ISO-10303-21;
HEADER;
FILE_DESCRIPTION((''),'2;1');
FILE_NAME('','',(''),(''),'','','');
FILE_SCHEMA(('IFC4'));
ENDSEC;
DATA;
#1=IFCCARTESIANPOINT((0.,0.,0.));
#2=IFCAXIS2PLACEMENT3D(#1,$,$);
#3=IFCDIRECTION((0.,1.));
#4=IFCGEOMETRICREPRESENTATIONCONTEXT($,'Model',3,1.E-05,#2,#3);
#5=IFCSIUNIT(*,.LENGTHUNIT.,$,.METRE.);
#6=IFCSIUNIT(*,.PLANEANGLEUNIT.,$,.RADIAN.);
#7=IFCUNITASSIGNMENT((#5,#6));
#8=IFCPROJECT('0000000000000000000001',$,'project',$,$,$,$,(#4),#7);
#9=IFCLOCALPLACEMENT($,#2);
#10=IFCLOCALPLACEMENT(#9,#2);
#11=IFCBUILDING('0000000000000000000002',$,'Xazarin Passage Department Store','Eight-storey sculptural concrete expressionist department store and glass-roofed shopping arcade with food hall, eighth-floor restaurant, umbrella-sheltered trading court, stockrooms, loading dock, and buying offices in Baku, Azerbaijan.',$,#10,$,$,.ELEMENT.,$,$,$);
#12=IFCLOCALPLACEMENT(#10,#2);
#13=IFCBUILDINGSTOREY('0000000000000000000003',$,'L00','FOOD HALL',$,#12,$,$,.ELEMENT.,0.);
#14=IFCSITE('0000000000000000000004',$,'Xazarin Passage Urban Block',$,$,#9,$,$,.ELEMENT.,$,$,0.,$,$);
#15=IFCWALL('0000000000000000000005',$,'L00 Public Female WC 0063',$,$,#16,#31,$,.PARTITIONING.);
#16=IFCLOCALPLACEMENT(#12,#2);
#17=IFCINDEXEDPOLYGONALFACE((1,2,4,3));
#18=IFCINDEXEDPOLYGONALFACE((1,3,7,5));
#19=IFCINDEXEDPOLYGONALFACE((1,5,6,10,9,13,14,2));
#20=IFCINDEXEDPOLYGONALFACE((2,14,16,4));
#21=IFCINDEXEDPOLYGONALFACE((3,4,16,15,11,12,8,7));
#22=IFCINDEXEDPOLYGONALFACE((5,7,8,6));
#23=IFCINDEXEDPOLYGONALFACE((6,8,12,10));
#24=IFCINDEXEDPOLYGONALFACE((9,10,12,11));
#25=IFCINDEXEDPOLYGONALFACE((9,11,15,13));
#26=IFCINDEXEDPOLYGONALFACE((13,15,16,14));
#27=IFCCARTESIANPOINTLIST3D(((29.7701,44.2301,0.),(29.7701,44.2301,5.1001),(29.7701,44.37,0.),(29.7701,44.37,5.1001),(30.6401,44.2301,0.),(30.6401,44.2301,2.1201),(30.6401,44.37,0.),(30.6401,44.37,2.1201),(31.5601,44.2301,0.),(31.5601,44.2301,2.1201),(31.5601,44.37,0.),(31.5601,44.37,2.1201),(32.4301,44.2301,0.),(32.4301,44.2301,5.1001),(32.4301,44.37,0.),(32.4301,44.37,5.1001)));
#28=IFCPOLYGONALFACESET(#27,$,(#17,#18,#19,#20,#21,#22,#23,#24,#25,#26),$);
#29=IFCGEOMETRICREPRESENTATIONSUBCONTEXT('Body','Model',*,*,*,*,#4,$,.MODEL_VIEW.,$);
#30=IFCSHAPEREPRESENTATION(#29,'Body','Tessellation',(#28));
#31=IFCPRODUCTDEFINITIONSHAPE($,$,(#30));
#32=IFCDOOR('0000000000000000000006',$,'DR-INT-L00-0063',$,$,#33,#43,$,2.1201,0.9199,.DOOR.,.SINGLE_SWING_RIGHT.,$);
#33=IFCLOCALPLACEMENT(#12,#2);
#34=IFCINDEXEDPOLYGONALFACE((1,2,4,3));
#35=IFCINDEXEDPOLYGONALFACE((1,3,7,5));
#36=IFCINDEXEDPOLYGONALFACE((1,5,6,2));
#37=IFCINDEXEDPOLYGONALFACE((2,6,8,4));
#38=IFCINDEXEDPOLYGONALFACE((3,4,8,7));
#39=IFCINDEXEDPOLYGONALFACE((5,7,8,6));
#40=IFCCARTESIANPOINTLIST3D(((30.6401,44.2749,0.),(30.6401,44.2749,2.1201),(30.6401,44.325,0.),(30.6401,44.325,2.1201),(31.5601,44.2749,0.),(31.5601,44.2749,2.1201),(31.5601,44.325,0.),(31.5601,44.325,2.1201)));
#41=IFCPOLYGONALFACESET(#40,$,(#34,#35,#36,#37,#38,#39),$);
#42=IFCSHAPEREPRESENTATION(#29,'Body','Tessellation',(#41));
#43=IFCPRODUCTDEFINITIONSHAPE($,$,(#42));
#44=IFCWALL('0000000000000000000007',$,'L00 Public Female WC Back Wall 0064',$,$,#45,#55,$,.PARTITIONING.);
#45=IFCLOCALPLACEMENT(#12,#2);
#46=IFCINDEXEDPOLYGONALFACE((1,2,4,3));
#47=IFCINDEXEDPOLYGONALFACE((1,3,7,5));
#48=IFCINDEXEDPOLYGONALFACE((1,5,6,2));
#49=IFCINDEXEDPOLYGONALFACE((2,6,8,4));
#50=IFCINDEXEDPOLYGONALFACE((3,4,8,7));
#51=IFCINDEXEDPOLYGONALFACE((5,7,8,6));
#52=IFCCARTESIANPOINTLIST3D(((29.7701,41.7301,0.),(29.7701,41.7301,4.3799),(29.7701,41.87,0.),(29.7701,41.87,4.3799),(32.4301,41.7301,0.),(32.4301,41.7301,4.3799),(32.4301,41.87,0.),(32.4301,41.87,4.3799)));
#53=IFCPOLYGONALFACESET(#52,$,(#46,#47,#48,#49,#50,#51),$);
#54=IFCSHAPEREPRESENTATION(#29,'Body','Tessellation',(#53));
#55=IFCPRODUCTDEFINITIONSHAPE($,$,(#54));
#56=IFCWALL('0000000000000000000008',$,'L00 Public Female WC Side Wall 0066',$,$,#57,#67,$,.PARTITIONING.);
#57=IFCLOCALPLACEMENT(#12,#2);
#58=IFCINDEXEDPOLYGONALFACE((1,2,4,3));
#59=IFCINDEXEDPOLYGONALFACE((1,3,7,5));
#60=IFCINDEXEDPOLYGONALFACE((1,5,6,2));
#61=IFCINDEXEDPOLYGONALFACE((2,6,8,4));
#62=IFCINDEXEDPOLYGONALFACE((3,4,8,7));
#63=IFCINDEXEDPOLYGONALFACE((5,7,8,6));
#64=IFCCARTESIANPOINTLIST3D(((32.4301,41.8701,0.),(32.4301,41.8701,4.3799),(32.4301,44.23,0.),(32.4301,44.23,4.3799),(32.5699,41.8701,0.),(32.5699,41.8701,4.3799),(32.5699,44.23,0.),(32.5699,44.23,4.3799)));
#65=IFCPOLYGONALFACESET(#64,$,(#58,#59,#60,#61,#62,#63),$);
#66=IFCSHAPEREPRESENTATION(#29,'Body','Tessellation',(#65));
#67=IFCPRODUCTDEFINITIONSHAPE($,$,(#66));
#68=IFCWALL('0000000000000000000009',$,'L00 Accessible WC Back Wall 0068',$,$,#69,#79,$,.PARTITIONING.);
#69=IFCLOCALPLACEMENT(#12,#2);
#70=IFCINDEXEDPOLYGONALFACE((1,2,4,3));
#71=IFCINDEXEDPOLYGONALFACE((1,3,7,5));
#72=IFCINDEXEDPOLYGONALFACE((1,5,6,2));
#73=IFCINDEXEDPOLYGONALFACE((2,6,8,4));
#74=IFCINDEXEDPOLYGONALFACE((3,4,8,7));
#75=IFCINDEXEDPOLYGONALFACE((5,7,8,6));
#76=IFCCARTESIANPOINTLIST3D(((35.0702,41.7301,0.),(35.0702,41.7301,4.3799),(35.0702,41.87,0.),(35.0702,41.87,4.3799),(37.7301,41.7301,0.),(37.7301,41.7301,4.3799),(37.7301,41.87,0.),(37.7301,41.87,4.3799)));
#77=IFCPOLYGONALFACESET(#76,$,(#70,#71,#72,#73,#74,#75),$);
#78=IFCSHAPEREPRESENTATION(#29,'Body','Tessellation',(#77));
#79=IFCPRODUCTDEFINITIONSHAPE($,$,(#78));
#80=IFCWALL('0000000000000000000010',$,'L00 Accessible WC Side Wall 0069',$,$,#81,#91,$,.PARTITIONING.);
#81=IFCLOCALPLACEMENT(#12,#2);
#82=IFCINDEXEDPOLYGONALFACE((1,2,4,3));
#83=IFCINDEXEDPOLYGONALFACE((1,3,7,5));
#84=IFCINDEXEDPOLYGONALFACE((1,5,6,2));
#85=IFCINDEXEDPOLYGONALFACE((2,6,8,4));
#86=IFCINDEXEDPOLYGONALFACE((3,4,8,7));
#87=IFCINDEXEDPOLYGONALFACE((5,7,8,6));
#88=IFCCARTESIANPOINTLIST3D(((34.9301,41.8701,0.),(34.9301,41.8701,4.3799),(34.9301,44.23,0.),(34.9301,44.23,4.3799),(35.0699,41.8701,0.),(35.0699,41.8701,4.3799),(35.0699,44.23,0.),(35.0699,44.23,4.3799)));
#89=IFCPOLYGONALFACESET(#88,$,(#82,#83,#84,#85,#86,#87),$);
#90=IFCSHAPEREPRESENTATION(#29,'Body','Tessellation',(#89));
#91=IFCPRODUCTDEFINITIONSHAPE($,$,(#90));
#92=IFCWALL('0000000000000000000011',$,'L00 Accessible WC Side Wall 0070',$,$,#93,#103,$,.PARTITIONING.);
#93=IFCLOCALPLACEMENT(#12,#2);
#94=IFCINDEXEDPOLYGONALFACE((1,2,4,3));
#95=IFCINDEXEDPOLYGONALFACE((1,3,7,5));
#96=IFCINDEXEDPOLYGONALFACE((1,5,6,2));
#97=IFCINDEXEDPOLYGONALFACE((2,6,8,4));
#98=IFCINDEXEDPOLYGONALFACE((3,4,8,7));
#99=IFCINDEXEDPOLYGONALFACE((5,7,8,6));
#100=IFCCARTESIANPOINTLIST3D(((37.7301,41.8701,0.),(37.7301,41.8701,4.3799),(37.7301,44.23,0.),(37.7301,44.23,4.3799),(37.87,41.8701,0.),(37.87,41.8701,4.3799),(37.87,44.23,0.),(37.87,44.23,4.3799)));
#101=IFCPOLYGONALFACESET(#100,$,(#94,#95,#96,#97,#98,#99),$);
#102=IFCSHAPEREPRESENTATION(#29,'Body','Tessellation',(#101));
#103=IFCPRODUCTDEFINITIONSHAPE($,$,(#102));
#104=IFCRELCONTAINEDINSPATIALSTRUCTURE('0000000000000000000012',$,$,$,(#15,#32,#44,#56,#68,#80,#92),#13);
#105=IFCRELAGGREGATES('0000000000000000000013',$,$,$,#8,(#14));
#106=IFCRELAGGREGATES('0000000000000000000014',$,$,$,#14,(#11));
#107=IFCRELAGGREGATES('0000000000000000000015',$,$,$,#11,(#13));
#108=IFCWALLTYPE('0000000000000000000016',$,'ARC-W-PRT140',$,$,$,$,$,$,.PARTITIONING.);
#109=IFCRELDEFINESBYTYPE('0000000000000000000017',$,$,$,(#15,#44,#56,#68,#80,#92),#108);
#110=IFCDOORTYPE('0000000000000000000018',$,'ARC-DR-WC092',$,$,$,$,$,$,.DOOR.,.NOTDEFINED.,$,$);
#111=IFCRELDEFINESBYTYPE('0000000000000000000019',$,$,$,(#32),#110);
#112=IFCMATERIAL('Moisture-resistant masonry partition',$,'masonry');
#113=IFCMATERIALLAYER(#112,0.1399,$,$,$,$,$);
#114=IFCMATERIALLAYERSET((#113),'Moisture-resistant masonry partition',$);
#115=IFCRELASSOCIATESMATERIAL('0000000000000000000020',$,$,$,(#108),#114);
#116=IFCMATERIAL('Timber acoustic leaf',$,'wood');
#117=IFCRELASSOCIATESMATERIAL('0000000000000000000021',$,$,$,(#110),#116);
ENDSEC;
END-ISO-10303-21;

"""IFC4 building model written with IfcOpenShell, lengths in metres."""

from ifc_helpers import new_model, si_unit, direction, frame, frame_2d, origin, place, context, subcontext, project, spatial, rectangle, extrude, material, layer, layer_set, type_object, element, fill, save


model = new_model("IFC4")

# Units and contexts
model_context = context("Model", 3, precision=1e-05, world=origin(), true_north=direction((0.0, 1.0)))
body_context = subcontext(model_context, "Body", "Model", "MODEL_VIEW")
ifc_project = project(units=[si_unit("LENGTHUNIT", "METRE"), si_unit("PLANEANGLEUNIT", "RADIAN")], contexts=[model_context])

# Site, building, storey
site_placement = place(None, origin())
site = spatial("IfcSite", under=ifc_project, at=site_placement, Name="Xazarin Passage Urban Block", CompositionType="ELEMENT", RefElevation=0.0)
building_placement = place(site_placement, origin())
building = spatial("IfcBuilding", under=site, at=building_placement, Name="Xazarin Passage Department Store", Description="Eight-storey sculptural concrete expressionist department store and glass-roofed shopping arcade with food hall, eighth-floor restaurant, umbrella-sheltered trading court, stockrooms, loading dock, and buying offices in Baku, Azerbaijan.", CompositionType="ELEMENT")
storey_placement = place(building_placement, origin())
storey = spatial("IfcBuildingStorey", under=building, at=storey_placement, Name="L00", Description="FOOD HALL", CompositionType="ELEMENT", Elevation=0.0)

# Wall, opening, door
ifc_material_1 = material(Name="Moisture-resistant masonry partition", Category="masonry")
ifc_layer_1 = layer(ifc_material_1, 0.1399)
ifc_layer_set_1 = layer_set([ifc_layer_1], Name="Moisture-resistant masonry partition")
wall_type_1 = type_object("IfcWallType", Name="ARC-W-PRT140", PredefinedType="PARTITIONING", material=ifc_layer_set_1)
wall_1_placement = place(storey_placement, frame((29.77, 44.3, 0.0), z_axis=(0.0, 0.0, 1.0), x_axis=(1.0, 0.0, 0.0)))
wall_1 = element("IfcWall", 1, at=wall_1_placement, inside=storey, type_object=wall_type_1, Name="L00 Public Female WC 0063", PredefinedType="PARTITIONING", context=body_context, shape_type="SweptSolid", body=[
    extrude(rectangle(XDim=2.6599, YDim=0.1399, at=frame_2d((1.3301, 0.0))), origin(), (0.0, 0.0, 1.0), 5.1001),
])
opening_1_placement = place(wall_1_placement, frame((0.8701, 0.0, 0.0)))
opening_1 = element("IfcOpeningElement", 2, at=opening_1_placement, cuts=wall_1, PredefinedType="OPENING", context=body_context, shape_type="SweptSolid", body=[
    extrude(rectangle(XDim=0.9199, YDim=2.1201, at=frame_2d((0.46, 1.0601))), frame((0.0, 0.0798, 0.0), z_axis=(0.0, -1.0, 0.0), x_axis=(1.0, 0.0, 0.0)), (0.0, 0.0, 1.0), 0.1599),
])
ifc_material_2 = material(Name="Timber acoustic leaf", Category="wood")
door_type_1 = type_object("IfcDoorType", Name="ARC-DR-WC092", OperationType="NOTDEFINED", PredefinedType="DOOR", material=ifc_material_2)
door_1_placement = place(opening_1_placement, origin())
door_1 = element("IfcDoor", 3, at=door_1_placement, inside=storey, type_object=door_type_1, Name="DR-INT-L00-0063", OperationType="SINGLE_SWING_RIGHT", OverallHeight=2.1201, OverallWidth=0.9199, PredefinedType="DOOR", context=body_context, shape_type="SweptSolid", body=[
    extrude(rectangle(XDim=0.9199, YDim=2.1201, at=frame_2d((0.46, 1.0601))), frame((0.0, 0.0249, 0.0), z_axis=(0.0, -1.0, 0.0), x_axis=(1.0, 0.0, 0.0)), (0.0, 0.0, 1.0), 0.05),
])
fill(opening_1, door_1)

# Walls
wall_2_placement = place(storey_placement, frame((29.77, 41.8, 0.0), z_axis=(0.0, 0.0, 1.0), x_axis=(1.0, 0.0, 0.0)))
element("IfcWall", 4, at=wall_2_placement, inside=storey, type_object=wall_type_1, Name="L00 Public Female WC Back Wall 0064", PredefinedType="PARTITIONING", context=body_context, shape_type="SweptSolid", body=[
    extrude(rectangle(XDim=2.6599, YDim=0.1399, at=frame_2d((1.3301, 0.0))), origin(), (0.0, 0.0, 1.0), 4.3799),
])
wall_3_placement = place(storey_placement, frame((32.5, 41.8701, 0.0), z_axis=(0.0, 0.0, 1.0), x_axis=(0.0, 1.0, 0.0)))
element("IfcWall", 5, at=wall_3_placement, inside=storey, type_object=wall_type_1, Name="L00 Public Female WC Side Wall 0066", PredefinedType="PARTITIONING", context=body_context, shape_type="SweptSolid", body=[
    extrude(rectangle(XDim=2.3599, YDim=0.1399, at=frame_2d((1.1799, 0.0))), origin(), (0.0, 0.0, 1.0), 4.3799),
])

# Walls
wall_4_placement = place(storey_placement, frame((35.0701, 41.8, 0.0), z_axis=(0.0, 0.0, 1.0), x_axis=(1.0, 0.0, 0.0)))
element("IfcWall", 6, at=wall_4_placement, inside=storey, type_object=wall_type_1, Name="L00 Accessible WC Back Wall 0068", PredefinedType="PARTITIONING", context=body_context, shape_type="SweptSolid", body=[
    extrude(rectangle(XDim=2.6599, YDim=0.1399, at=frame_2d((1.3301, 0.0))), origin(), (0.0, 0.0, 1.0), 4.3799),
])
for number, where, z_axis, x_axis, name in (
    (7, (35.0, 41.8701, 0.0), (0.0, 0.0, 1.0), (0.0, 1.0, 0.0), "L00 Accessible WC Side Wall 0069"),
    (8, (37.8, 41.8701, 0.0), (0.0, 0.0, 1.0), (0.0, 1.0, 0.0), "L00 Accessible WC Side Wall 0070"),
):
    element("IfcWall", number, at=place(storey_placement, frame(where, z_axis=z_axis, x_axis=x_axis)), inside=storey, type_object=wall_type_1, Name=name, PredefinedType="PARTITIONING", context=body_context, shape_type="SweptSolid", body=[
        extrude(rectangle(XDim=2.3599, YDim=0.1399, at=frame_2d((1.1799, 0.0))), origin(), (0.0, 0.0, 1.0), 4.3799),
    ])

save(model, "model.ifc")
